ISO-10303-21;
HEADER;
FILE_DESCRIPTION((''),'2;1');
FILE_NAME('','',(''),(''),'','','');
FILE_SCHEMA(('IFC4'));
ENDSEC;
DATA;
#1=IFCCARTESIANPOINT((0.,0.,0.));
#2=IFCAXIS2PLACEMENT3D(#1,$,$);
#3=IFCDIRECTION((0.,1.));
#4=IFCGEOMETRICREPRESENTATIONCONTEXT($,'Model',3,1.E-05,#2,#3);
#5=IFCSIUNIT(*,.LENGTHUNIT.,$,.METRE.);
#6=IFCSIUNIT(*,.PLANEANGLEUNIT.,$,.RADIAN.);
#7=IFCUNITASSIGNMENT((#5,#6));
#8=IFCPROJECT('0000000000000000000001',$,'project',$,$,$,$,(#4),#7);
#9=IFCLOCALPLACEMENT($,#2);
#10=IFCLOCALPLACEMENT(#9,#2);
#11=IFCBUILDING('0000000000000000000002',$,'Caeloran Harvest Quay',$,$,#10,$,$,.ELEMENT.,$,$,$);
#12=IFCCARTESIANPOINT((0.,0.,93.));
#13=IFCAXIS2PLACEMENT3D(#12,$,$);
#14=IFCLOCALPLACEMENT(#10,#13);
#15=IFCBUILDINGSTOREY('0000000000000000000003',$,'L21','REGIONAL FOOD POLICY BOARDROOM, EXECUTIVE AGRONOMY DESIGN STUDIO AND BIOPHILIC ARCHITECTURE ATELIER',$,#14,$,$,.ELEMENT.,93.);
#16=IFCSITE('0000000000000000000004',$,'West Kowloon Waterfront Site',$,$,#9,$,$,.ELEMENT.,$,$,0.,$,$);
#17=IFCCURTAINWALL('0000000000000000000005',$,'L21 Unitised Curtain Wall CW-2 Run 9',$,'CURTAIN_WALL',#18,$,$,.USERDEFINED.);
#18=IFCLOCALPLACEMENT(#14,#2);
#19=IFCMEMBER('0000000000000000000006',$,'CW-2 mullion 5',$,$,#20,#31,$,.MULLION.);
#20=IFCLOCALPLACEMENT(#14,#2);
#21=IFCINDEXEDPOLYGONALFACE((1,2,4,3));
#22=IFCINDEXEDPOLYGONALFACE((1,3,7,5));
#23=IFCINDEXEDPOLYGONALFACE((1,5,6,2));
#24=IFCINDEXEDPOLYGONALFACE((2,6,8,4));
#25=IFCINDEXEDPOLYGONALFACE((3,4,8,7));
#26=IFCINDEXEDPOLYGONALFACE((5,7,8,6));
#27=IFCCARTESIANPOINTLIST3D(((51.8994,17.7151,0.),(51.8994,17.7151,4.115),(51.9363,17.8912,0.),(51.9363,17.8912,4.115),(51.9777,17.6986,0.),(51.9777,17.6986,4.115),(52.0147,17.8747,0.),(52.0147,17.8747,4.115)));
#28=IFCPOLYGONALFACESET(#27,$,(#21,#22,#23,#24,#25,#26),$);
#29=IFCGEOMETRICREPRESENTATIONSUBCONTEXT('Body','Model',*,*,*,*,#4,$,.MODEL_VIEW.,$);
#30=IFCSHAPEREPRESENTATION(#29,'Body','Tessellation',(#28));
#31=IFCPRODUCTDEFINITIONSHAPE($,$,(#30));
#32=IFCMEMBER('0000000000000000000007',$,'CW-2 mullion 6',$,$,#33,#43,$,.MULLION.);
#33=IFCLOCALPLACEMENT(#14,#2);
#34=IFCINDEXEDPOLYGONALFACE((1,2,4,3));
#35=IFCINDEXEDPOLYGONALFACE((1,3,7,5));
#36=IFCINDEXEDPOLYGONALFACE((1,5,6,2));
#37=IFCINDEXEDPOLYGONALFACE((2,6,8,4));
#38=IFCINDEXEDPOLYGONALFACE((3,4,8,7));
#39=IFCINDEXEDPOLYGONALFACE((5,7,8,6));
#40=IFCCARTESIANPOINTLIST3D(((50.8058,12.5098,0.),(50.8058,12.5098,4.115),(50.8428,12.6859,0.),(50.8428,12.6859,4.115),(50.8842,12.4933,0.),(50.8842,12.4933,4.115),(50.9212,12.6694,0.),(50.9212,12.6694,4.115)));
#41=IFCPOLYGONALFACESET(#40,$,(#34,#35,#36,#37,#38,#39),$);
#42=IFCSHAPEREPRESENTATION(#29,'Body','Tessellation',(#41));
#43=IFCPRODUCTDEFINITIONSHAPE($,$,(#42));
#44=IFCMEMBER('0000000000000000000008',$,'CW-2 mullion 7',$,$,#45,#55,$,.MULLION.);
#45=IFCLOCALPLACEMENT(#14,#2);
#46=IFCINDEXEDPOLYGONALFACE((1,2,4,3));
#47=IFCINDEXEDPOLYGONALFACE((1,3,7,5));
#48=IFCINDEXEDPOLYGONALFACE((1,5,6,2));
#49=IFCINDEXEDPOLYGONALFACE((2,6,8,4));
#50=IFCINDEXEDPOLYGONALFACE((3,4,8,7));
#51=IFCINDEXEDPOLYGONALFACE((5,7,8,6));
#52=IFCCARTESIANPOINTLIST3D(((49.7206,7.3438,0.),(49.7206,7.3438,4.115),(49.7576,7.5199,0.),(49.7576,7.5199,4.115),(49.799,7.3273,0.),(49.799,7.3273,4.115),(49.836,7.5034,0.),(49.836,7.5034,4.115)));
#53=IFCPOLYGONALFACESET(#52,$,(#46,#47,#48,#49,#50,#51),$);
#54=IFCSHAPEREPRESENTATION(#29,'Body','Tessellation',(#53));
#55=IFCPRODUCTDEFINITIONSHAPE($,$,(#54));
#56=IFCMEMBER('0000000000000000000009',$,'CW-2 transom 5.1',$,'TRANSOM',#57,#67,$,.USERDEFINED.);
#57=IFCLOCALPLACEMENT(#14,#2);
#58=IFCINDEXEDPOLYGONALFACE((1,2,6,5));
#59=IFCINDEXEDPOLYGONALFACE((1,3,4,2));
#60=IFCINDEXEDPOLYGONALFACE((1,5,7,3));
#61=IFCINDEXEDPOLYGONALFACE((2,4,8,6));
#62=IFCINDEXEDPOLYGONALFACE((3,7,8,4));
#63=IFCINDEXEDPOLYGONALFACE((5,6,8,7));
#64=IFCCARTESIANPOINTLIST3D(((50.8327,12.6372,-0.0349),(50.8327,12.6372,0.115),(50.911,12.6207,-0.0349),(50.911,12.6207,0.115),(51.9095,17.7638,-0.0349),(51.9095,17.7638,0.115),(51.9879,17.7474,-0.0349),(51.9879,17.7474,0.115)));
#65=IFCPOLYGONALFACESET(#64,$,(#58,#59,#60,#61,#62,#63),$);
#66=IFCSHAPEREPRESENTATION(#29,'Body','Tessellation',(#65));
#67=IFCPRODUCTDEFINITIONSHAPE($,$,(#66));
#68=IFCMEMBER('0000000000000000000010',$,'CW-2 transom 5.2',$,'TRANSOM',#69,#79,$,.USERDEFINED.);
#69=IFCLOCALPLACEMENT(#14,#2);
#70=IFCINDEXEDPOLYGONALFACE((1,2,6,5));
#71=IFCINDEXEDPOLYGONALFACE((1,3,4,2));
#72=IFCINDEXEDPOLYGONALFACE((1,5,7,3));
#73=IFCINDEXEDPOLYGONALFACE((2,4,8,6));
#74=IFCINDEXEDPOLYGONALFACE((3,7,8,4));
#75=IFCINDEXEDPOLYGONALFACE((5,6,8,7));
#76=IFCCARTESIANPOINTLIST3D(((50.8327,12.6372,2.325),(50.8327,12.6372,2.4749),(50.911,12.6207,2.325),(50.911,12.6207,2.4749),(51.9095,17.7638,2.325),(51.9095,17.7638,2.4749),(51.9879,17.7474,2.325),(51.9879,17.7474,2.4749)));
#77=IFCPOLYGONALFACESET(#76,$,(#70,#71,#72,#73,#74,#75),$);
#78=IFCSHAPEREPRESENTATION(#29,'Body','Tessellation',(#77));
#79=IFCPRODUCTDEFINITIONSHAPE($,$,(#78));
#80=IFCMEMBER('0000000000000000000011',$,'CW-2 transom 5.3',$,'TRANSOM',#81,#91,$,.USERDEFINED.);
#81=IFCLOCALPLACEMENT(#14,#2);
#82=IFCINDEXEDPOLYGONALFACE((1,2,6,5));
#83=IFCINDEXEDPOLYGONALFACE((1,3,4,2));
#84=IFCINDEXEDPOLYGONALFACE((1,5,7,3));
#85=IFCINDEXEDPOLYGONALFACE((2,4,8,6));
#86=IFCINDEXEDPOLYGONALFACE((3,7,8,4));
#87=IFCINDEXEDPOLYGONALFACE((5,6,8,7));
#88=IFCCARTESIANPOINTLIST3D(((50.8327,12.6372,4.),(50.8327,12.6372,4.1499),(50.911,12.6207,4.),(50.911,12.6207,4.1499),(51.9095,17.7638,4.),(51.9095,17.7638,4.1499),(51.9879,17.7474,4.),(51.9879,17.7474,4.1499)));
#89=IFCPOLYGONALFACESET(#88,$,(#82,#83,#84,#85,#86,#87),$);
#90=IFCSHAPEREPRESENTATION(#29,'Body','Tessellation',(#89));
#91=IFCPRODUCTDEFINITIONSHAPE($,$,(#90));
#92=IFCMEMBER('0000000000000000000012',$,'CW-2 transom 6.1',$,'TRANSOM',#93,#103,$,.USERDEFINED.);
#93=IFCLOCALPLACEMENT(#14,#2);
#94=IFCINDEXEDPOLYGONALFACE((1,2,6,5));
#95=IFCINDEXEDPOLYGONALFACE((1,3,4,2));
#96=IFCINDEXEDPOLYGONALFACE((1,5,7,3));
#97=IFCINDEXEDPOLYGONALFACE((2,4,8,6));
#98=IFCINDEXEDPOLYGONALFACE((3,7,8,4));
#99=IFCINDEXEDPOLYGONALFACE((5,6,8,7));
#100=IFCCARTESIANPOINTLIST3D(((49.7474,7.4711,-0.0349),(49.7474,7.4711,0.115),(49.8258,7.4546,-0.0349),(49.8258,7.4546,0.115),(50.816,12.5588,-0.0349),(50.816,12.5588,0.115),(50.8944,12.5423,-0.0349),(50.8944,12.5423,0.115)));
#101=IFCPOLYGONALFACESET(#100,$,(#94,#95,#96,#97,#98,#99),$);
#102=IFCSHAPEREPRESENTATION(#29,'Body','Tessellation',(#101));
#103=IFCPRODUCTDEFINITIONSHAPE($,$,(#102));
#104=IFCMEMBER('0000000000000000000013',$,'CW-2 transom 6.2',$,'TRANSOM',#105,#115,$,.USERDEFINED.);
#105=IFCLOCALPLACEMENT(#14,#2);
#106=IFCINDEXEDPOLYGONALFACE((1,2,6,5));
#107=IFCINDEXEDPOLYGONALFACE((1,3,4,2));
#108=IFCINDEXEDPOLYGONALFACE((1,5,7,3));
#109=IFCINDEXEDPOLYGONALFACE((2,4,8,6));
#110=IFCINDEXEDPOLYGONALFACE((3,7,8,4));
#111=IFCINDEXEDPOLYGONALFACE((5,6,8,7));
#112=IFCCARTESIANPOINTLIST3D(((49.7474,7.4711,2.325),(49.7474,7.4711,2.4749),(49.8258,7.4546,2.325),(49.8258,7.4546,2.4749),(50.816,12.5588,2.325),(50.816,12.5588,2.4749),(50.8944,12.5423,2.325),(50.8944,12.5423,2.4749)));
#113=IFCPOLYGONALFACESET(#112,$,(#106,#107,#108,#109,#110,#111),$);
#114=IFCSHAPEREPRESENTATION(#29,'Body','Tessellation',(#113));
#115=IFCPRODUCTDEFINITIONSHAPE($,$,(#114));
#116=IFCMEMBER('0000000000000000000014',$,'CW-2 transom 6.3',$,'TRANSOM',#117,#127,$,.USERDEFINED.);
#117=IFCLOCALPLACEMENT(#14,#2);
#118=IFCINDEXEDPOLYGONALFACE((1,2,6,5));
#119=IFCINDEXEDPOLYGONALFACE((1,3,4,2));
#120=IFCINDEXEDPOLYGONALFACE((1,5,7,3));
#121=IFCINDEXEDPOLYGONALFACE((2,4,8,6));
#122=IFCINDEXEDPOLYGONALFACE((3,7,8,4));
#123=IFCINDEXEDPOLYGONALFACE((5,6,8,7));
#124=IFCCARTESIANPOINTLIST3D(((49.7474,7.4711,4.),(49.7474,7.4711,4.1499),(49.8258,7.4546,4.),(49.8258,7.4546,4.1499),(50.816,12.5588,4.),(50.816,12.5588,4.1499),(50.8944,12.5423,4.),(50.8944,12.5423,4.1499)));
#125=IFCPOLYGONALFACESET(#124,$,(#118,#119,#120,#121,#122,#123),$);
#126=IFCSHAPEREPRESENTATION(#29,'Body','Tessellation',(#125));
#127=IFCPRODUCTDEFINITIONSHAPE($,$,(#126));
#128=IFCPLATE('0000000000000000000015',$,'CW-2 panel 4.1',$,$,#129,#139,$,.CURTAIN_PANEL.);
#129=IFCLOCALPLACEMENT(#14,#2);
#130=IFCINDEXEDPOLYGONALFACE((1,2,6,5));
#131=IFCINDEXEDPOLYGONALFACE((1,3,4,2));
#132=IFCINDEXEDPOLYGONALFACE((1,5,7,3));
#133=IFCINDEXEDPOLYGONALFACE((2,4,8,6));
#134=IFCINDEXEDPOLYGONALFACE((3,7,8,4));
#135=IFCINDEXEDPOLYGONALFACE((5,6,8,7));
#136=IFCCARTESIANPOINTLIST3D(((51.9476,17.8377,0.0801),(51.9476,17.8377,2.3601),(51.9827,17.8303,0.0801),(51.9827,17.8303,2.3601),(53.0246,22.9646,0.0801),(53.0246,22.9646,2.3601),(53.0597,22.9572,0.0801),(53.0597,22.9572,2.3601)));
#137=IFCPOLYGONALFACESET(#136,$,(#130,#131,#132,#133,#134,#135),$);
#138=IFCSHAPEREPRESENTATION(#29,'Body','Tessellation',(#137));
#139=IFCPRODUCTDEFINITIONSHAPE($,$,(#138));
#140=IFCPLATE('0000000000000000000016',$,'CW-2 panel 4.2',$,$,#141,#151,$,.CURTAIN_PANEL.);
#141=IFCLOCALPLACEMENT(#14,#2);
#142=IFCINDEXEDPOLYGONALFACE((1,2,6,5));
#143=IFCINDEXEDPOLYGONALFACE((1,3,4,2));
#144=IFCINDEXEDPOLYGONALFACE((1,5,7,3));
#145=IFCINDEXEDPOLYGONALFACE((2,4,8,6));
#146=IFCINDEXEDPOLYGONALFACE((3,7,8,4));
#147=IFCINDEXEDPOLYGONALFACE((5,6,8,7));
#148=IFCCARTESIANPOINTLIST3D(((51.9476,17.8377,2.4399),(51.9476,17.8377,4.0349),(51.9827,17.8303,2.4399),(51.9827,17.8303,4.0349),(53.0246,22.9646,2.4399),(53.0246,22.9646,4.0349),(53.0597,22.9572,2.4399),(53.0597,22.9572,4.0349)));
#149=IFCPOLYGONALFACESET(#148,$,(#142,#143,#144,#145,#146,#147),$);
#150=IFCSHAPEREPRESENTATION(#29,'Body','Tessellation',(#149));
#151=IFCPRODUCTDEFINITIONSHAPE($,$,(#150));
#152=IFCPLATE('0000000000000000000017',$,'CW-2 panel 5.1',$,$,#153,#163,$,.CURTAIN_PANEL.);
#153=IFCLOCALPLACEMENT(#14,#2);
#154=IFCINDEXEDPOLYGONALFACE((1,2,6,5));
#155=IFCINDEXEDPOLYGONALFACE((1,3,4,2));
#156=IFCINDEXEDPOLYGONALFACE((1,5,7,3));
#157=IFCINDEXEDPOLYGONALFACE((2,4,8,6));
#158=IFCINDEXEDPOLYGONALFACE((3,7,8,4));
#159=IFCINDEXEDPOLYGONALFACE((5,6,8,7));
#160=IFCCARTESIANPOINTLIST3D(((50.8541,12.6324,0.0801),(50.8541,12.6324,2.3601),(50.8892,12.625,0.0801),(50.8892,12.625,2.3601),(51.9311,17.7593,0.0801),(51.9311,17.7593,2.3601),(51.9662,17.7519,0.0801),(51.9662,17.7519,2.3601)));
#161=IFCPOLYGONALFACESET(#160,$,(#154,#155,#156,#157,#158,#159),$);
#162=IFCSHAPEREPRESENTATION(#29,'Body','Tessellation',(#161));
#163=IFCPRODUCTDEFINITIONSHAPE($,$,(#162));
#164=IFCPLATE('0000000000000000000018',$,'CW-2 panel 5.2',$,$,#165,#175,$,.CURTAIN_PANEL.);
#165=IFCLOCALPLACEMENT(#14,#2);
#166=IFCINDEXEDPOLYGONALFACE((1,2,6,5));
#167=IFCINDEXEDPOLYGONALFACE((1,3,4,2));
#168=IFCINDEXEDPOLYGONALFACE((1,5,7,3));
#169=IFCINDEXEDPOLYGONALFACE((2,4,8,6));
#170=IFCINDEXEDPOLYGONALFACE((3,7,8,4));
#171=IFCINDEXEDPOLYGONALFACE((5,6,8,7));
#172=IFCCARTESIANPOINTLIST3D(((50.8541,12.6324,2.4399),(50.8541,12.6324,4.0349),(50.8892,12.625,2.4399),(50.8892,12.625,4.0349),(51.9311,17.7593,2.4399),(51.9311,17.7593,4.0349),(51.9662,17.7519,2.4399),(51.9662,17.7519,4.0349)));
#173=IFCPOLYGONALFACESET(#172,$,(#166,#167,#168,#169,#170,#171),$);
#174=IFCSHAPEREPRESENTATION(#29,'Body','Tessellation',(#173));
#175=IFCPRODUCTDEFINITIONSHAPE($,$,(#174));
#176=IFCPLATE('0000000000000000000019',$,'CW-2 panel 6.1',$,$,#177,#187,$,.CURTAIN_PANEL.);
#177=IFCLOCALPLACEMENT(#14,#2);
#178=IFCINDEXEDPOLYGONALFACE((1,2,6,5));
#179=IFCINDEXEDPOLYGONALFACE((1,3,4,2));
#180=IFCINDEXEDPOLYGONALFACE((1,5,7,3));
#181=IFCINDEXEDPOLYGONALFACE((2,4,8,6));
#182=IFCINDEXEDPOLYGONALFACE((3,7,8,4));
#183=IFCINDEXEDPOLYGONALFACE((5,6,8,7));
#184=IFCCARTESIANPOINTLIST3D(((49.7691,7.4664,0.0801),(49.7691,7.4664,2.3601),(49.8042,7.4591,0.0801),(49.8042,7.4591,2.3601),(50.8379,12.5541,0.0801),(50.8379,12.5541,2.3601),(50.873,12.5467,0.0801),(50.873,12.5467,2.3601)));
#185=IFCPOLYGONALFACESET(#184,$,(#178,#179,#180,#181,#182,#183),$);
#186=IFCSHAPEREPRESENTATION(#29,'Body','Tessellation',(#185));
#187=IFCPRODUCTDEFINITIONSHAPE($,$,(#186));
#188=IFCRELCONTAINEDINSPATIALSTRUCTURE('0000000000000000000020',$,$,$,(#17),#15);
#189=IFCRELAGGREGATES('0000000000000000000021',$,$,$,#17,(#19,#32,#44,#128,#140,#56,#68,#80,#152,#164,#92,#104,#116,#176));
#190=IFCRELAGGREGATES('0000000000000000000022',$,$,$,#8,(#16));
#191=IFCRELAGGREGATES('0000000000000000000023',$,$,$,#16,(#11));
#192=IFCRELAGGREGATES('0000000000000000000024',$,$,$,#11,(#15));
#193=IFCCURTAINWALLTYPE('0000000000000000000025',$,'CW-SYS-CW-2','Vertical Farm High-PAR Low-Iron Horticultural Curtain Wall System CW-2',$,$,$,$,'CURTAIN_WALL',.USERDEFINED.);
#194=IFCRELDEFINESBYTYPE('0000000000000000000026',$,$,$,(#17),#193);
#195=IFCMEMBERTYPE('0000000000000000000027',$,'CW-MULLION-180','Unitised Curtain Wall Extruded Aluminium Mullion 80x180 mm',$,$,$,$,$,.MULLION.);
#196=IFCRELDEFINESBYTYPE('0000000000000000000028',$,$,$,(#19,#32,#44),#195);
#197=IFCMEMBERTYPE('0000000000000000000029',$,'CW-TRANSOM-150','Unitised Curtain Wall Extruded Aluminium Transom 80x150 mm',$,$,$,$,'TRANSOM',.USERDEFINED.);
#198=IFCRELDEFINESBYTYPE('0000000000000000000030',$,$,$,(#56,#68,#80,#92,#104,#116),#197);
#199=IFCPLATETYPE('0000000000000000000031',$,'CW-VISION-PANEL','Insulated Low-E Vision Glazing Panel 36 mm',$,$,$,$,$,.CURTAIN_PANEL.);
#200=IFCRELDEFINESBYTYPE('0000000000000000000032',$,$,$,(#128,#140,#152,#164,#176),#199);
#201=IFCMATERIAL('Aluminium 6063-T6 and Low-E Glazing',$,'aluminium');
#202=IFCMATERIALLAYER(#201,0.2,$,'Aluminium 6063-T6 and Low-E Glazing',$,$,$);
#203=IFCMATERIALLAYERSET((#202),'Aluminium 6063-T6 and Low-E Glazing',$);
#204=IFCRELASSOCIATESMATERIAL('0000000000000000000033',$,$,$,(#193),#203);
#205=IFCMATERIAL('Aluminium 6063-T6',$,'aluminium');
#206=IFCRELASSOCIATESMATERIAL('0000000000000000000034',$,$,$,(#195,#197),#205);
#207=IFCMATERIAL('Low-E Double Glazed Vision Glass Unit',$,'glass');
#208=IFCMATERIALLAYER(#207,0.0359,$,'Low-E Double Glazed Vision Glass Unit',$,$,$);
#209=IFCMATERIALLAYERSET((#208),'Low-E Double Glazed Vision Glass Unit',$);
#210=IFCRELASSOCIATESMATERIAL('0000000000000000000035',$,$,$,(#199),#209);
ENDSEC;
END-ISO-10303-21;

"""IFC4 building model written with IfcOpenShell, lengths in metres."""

from ifc_helpers import new_model, si_unit, direction, frame, origin, origin_2d, place, context, subcontext, project, spatial, rectangle, extrude, material, layer, layer_set, material_profile, profile_set, type_object, element, aggregate, save


model = new_model("IFC4")

# Units and contexts
model_context = context("Model", 3, precision=1e-05, world=origin(), true_north=direction((0.0, 1.0)))
body_context = subcontext(model_context, "Body", "Model", "MODEL_VIEW")
ifc_project = project(units=[si_unit("LENGTHUNIT", "METRE"), si_unit("PLANEANGLEUNIT", "RADIAN")], contexts=[model_context])

# Site, building, storey
site_placement = place(None, origin())
site = spatial("IfcSite", under=ifc_project, at=site_placement, Name="West Kowloon Waterfront Site", CompositionType="ELEMENT", RefElevation=0.0)
building_placement = place(site_placement, origin())
building = spatial("IfcBuilding", under=site, at=building_placement, Name="Caeloran Harvest Quay", CompositionType="ELEMENT")
storey_placement = place(building_placement, frame((0.0, 0.0, 93.0)))
storey = spatial("IfcBuildingStorey", under=building, at=storey_placement, Name="L21", Description="REGIONAL FOOD POLICY BOARDROOM, EXECUTIVE AGRONOMY DESIGN STUDIO AND BIOPHILIC ARCHITECTURE ATELIER", CompositionType="ELEMENT", Elevation=93.0)

# Curtain wall, members, plates
ifc_material_1 = material(Name="Aluminium 6063-T6 and Low-E Glazing", Category="aluminium")
ifc_layer_1 = layer(ifc_material_1, 0.2, Name="Aluminium 6063-T6 and Low-E Glazing")
ifc_layer_set_1 = layer_set([ifc_layer_1], Name="Aluminium 6063-T6 and Low-E Glazing")
curtain_wall_type = type_object("IfcCurtainWallType", Name="CW-SYS-CW-2", Description="Vertical Farm High-PAR Low-Iron Horticultural Curtain Wall System CW-2", ElementType="CURTAIN_WALL", PredefinedType="USERDEFINED", material=ifc_layer_set_1)
curtain_wall_placement = place(storey_placement, origin())
curtain_wall = element("IfcCurtainWall", 1, at=curtain_wall_placement, inside=storey, type_object=curtain_wall_type, Name="L21 Unitised Curtain Wall CW-2 Run 9", ObjectType="CURTAIN_WALL", PredefinedType="USERDEFINED")
ifc_material_2 = material(Name="Aluminium 6063-T6", Category="aluminium")
ifc_material_profile_1 = material_profile(ifc_material_2, rectangle(XDim=0.0801, YDim=0.1799, at=origin_2d()), Name="CW-MULLION-180")
ifc_profile_set_1 = profile_set([ifc_material_profile_1], Name="Aluminium 6063-T6")
member_type_1 = type_object("IfcMemberType", Name="CW-MULLION-180", Description="Unitised Curtain Wall Extruded Aluminium Mullion 80x180 mm", PredefinedType="MULLION", material=ifc_profile_set_1)
member_1_placement = place(storey_placement, frame((51.957, 17.7949, 0.0), z_axis=(0.0, 0.0, 1.0), x_axis=(0.97864, -0.205583, 0.0)))
member_1 = element("IfcMember", 2, at=member_1_placement, type_object=member_type_1, Name="CW-2 mullion 5", PredefinedType="MULLION", context=body_context, shape_type="SweptSolid", body=[
    extrude(rectangle(XDim=0.0801, YDim=0.1799, at=origin_2d()), origin(), (0.0, 0.0, 1.0), 4.115),
])
member_2_placement = place(storey_placement, frame((50.8635, 12.5896, 0.0), z_axis=(0.0, 0.0, 1.0), x_axis=(0.97864, -0.205583, 0.0)))
member_2 = element("IfcMember", 3, at=member_2_placement, type_object=member_type_1, Name="CW-2 mullion 6", PredefinedType="MULLION", context=body_context, shape_type="SweptSolid", body=[
    extrude(rectangle(XDim=0.0801, YDim=0.1799, at=origin_2d()), origin(), (0.0, 0.0, 1.0), 4.115),
])
member_3_placement = place(storey_placement, frame((49.7783, 7.4236, 0.0), z_axis=(0.0, 0.0, 1.0), x_axis=(0.97864, -0.205583, 0.0)))
member_3 = element("IfcMember", 4, at=member_3_placement, type_object=member_type_1, Name="CW-2 mullion 7", PredefinedType="MULLION", context=body_context, shape_type="SweptSolid", body=[
    extrude(rectangle(XDim=0.0801, YDim=0.1799, at=origin_2d()), origin(), (0.0, 0.0, 1.0), 4.115),
])
ifc_material_profile_2 = material_profile(ifc_material_2, rectangle(XDim=0.0801, YDim=0.1499, at=origin_2d()), Name="CW-TRANSOM-150")
ifc_profile_set_2 = profile_set([ifc_material_profile_2], Name="Aluminium 6063-T6")
member_type_2 = type_object("IfcMemberType", Name="CW-TRANSOM-150", Description="Unitised Curtain Wall Extruded Aluminium Transom 80x150 mm", ElementType="TRANSOM", PredefinedType="USERDEFINED", material=ifc_profile_set_2)
member_4_placement = place(storey_placement, frame((51.9487, 17.7556, 0.04), z_axis=(-0.205571, -0.978642, 0.0), x_axis=(0.978642, -0.205571, 0.0)))
member_4 = element("IfcMember", 5, at=member_4_placement, type_object=member_type_2, Name="CW-2 transom 5.1", ObjectType="TRANSOM", PredefinedType="USERDEFINED", context=body_context, shape_type="SweptSolid", body=[
    extrude(rectangle(XDim=0.0801, YDim=0.1499, at=origin_2d()), origin(), (0.0, 0.0, 1.0), 5.2385),
])
member_5_placement = place(storey_placement, frame((51.9487, 17.7556, 2.3999), z_axis=(-0.205571, -0.978642, 0.0), x_axis=(0.978642, -0.205571, 0.0)))
member_5 = element("IfcMember", 6, at=member_5_placement, type_object=member_type_2, Name="CW-2 transom 5.2", ObjectType="TRANSOM", PredefinedType="USERDEFINED", context=body_context, shape_type="SweptSolid", body=[
    extrude(rectangle(XDim=0.0801, YDim=0.1499, at=origin_2d()), origin(), (0.0, 0.0, 1.0), 5.2385),
])
member_6_placement = place(storey_placement, frame((51.9487, 17.7556, 4.075), z_axis=(-0.205571, -0.978642, 0.0), x_axis=(0.978642, -0.205571, 0.0)))
member_6 = element("IfcMember", 7, at=member_6_placement, type_object=member_type_2, Name="CW-2 transom 5.3", ObjectType="TRANSOM", PredefinedType="USERDEFINED", context=body_context, shape_type="SweptSolid", body=[
    extrude(rectangle(XDim=0.0801, YDim=0.1499, at=origin_2d()), origin(), (0.0, 0.0, 1.0), 5.2385),
])
member_7_placement = place(storey_placement, frame((50.8552, 12.5505, 0.04), z_axis=(-0.205554, -0.978646, 0.0), x_axis=(0.978646, -0.205554, 0.0)))
member_7 = element("IfcMember", 8, at=member_7_placement, type_object=member_type_2, Name="CW-2 transom 6.1", ObjectType="TRANSOM", PredefinedType="USERDEFINED", context=body_context, shape_type="SweptSolid", body=[
    extrude(rectangle(XDim=0.0801, YDim=0.1499, at=origin_2d()), origin(), (0.0, 0.0, 1.0), 5.1987),
])
member_8_placement = place(storey_placement, frame((50.8552, 12.5505, 2.3999), z_axis=(-0.205554, -0.978646, 0.0), x_axis=(0.978646, -0.205554, 0.0)))
member_8 = element("IfcMember", 9, at=member_8_placement, type_object=member_type_2, Name="CW-2 transom 6.2", ObjectType="TRANSOM", PredefinedType="USERDEFINED", context=body_context, shape_type="SweptSolid", body=[
    extrude(rectangle(XDim=0.0801, YDim=0.1499, at=origin_2d()), origin(), (0.0, 0.0, 1.0), 5.1987),
])
member_9_placement = place(storey_placement, frame((50.8552, 12.5505, 4.075), z_axis=(-0.205554, -0.978646, 0.0), x_axis=(0.978646, -0.205554, 0.0)))
member_9 = element("IfcMember", 10, at=member_9_placement, type_object=member_type_2, Name="CW-2 transom 6.3", ObjectType="TRANSOM", PredefinedType="USERDEFINED", context=body_context, shape_type="SweptSolid", body=[
    extrude(rectangle(XDim=0.0801, YDim=0.1499, at=origin_2d()), origin(), (0.0, 0.0, 1.0), 5.1987),
])
ifc_material_3 = material(Name="Low-E Double Glazed Vision Glass Unit", Category="glass")
ifc_layer_2 = layer(ifc_material_3, 0.0359, Name="Low-E Double Glazed Vision Glass Unit")
ifc_layer_set_2 = layer_set([ifc_layer_2], Name="Low-E Double Glazed Vision Glass Unit")
plate_type_1 = type_object("IfcPlateType", Name="CW-VISION-PANEL", Description="Insulated Low-E Vision Glazing Panel 36 mm", PredefinedType="CURTAIN_PANEL", material=ifc_layer_set_2)
plate_1_placement = place(storey_placement, frame((52.5037, 20.3975, 0.0801), z_axis=(0.0, 0.0, 1.0), x_axis=(-0.205583, -0.97864, 0.0)))
plate_1 = element("IfcPlate", 11, at=plate_1_placement, type_object=plate_type_1, Name="CW-2 panel 4.1", PredefinedType="CURTAIN_PANEL", context=body_context, shape_type="SweptSolid", body=[
    extrude(rectangle(XDim=5.2388, YDim=0.0359, at=origin_2d()), origin(), (0.0, 0.0, 1.0), 2.28),
])
plate_2_placement = place(storey_placement, frame((52.5037, 20.3975, 2.4399), z_axis=(0.0, 0.0, 1.0), x_axis=(-0.205583, -0.97864, 0.0)))
plate_2 = element("IfcPlate", 12, at=plate_2_placement, type_object=plate_type_1, Name="CW-2 panel 4.2", PredefinedType="CURTAIN_PANEL", context=body_context, shape_type="SweptSolid", body=[
    extrude(rectangle(XDim=5.2388, YDim=0.0359, at=origin_2d()), origin(), (0.0, 0.0, 1.0), 1.595),
])
plate_3_placement = place(storey_placement, frame((51.4102, 15.1921, 0.0801), z_axis=(0.0, 0.0, 1.0), x_axis=(-0.205583, -0.97864, 0.0)))
plate_3 = element("IfcPlate", 13, at=plate_3_placement, type_object=plate_type_1, Name="CW-2 panel 5.1", PredefinedType="CURTAIN_PANEL", context=body_context, shape_type="SweptSolid", body=[
    extrude(rectangle(XDim=5.2388, YDim=0.0359, at=origin_2d()), origin(), (0.0, 0.0, 1.0), 2.28),
])
plate_4_placement = place(storey_placement, frame((51.4102, 15.1921, 2.4399), z_axis=(0.0, 0.0, 1.0), x_axis=(-0.205583, -0.97864, 0.0)))
plate_4 = element("IfcPlate", 14, at=plate_4_placement, type_object=plate_type_1, Name="CW-2 panel 5.2", PredefinedType="CURTAIN_PANEL", context=body_context, shape_type="SweptSolid", body=[
    extrude(rectangle(XDim=5.2388, YDim=0.0359, at=origin_2d()), origin(), (0.0, 0.0, 1.0), 1.595),
])
plate_5_placement = place(storey_placement, frame((50.321, 10.0066, 0.0801), z_axis=(0.0, 0.0, 1.0), x_axis=(-0.205583, -0.97864, 0.0)))
plate_5 = element("IfcPlate", 15, at=plate_5_placement, type_object=plate_type_1, Name="CW-2 panel 6.1", PredefinedType="CURTAIN_PANEL", context=body_context, shape_type="SweptSolid", body=[
    extrude(rectangle(XDim=5.1987, YDim=0.0359, at=origin_2d()), origin(), (0.0, 0.0, 1.0), 2.28),
])
aggregate(curtain_wall, [member_1, member_2, member_3, plate_1, plate_2, member_4, member_5, member_6, plate_3, plate_4, member_7, member_8, member_9, plate_5])

save(model, "model.ifc")
